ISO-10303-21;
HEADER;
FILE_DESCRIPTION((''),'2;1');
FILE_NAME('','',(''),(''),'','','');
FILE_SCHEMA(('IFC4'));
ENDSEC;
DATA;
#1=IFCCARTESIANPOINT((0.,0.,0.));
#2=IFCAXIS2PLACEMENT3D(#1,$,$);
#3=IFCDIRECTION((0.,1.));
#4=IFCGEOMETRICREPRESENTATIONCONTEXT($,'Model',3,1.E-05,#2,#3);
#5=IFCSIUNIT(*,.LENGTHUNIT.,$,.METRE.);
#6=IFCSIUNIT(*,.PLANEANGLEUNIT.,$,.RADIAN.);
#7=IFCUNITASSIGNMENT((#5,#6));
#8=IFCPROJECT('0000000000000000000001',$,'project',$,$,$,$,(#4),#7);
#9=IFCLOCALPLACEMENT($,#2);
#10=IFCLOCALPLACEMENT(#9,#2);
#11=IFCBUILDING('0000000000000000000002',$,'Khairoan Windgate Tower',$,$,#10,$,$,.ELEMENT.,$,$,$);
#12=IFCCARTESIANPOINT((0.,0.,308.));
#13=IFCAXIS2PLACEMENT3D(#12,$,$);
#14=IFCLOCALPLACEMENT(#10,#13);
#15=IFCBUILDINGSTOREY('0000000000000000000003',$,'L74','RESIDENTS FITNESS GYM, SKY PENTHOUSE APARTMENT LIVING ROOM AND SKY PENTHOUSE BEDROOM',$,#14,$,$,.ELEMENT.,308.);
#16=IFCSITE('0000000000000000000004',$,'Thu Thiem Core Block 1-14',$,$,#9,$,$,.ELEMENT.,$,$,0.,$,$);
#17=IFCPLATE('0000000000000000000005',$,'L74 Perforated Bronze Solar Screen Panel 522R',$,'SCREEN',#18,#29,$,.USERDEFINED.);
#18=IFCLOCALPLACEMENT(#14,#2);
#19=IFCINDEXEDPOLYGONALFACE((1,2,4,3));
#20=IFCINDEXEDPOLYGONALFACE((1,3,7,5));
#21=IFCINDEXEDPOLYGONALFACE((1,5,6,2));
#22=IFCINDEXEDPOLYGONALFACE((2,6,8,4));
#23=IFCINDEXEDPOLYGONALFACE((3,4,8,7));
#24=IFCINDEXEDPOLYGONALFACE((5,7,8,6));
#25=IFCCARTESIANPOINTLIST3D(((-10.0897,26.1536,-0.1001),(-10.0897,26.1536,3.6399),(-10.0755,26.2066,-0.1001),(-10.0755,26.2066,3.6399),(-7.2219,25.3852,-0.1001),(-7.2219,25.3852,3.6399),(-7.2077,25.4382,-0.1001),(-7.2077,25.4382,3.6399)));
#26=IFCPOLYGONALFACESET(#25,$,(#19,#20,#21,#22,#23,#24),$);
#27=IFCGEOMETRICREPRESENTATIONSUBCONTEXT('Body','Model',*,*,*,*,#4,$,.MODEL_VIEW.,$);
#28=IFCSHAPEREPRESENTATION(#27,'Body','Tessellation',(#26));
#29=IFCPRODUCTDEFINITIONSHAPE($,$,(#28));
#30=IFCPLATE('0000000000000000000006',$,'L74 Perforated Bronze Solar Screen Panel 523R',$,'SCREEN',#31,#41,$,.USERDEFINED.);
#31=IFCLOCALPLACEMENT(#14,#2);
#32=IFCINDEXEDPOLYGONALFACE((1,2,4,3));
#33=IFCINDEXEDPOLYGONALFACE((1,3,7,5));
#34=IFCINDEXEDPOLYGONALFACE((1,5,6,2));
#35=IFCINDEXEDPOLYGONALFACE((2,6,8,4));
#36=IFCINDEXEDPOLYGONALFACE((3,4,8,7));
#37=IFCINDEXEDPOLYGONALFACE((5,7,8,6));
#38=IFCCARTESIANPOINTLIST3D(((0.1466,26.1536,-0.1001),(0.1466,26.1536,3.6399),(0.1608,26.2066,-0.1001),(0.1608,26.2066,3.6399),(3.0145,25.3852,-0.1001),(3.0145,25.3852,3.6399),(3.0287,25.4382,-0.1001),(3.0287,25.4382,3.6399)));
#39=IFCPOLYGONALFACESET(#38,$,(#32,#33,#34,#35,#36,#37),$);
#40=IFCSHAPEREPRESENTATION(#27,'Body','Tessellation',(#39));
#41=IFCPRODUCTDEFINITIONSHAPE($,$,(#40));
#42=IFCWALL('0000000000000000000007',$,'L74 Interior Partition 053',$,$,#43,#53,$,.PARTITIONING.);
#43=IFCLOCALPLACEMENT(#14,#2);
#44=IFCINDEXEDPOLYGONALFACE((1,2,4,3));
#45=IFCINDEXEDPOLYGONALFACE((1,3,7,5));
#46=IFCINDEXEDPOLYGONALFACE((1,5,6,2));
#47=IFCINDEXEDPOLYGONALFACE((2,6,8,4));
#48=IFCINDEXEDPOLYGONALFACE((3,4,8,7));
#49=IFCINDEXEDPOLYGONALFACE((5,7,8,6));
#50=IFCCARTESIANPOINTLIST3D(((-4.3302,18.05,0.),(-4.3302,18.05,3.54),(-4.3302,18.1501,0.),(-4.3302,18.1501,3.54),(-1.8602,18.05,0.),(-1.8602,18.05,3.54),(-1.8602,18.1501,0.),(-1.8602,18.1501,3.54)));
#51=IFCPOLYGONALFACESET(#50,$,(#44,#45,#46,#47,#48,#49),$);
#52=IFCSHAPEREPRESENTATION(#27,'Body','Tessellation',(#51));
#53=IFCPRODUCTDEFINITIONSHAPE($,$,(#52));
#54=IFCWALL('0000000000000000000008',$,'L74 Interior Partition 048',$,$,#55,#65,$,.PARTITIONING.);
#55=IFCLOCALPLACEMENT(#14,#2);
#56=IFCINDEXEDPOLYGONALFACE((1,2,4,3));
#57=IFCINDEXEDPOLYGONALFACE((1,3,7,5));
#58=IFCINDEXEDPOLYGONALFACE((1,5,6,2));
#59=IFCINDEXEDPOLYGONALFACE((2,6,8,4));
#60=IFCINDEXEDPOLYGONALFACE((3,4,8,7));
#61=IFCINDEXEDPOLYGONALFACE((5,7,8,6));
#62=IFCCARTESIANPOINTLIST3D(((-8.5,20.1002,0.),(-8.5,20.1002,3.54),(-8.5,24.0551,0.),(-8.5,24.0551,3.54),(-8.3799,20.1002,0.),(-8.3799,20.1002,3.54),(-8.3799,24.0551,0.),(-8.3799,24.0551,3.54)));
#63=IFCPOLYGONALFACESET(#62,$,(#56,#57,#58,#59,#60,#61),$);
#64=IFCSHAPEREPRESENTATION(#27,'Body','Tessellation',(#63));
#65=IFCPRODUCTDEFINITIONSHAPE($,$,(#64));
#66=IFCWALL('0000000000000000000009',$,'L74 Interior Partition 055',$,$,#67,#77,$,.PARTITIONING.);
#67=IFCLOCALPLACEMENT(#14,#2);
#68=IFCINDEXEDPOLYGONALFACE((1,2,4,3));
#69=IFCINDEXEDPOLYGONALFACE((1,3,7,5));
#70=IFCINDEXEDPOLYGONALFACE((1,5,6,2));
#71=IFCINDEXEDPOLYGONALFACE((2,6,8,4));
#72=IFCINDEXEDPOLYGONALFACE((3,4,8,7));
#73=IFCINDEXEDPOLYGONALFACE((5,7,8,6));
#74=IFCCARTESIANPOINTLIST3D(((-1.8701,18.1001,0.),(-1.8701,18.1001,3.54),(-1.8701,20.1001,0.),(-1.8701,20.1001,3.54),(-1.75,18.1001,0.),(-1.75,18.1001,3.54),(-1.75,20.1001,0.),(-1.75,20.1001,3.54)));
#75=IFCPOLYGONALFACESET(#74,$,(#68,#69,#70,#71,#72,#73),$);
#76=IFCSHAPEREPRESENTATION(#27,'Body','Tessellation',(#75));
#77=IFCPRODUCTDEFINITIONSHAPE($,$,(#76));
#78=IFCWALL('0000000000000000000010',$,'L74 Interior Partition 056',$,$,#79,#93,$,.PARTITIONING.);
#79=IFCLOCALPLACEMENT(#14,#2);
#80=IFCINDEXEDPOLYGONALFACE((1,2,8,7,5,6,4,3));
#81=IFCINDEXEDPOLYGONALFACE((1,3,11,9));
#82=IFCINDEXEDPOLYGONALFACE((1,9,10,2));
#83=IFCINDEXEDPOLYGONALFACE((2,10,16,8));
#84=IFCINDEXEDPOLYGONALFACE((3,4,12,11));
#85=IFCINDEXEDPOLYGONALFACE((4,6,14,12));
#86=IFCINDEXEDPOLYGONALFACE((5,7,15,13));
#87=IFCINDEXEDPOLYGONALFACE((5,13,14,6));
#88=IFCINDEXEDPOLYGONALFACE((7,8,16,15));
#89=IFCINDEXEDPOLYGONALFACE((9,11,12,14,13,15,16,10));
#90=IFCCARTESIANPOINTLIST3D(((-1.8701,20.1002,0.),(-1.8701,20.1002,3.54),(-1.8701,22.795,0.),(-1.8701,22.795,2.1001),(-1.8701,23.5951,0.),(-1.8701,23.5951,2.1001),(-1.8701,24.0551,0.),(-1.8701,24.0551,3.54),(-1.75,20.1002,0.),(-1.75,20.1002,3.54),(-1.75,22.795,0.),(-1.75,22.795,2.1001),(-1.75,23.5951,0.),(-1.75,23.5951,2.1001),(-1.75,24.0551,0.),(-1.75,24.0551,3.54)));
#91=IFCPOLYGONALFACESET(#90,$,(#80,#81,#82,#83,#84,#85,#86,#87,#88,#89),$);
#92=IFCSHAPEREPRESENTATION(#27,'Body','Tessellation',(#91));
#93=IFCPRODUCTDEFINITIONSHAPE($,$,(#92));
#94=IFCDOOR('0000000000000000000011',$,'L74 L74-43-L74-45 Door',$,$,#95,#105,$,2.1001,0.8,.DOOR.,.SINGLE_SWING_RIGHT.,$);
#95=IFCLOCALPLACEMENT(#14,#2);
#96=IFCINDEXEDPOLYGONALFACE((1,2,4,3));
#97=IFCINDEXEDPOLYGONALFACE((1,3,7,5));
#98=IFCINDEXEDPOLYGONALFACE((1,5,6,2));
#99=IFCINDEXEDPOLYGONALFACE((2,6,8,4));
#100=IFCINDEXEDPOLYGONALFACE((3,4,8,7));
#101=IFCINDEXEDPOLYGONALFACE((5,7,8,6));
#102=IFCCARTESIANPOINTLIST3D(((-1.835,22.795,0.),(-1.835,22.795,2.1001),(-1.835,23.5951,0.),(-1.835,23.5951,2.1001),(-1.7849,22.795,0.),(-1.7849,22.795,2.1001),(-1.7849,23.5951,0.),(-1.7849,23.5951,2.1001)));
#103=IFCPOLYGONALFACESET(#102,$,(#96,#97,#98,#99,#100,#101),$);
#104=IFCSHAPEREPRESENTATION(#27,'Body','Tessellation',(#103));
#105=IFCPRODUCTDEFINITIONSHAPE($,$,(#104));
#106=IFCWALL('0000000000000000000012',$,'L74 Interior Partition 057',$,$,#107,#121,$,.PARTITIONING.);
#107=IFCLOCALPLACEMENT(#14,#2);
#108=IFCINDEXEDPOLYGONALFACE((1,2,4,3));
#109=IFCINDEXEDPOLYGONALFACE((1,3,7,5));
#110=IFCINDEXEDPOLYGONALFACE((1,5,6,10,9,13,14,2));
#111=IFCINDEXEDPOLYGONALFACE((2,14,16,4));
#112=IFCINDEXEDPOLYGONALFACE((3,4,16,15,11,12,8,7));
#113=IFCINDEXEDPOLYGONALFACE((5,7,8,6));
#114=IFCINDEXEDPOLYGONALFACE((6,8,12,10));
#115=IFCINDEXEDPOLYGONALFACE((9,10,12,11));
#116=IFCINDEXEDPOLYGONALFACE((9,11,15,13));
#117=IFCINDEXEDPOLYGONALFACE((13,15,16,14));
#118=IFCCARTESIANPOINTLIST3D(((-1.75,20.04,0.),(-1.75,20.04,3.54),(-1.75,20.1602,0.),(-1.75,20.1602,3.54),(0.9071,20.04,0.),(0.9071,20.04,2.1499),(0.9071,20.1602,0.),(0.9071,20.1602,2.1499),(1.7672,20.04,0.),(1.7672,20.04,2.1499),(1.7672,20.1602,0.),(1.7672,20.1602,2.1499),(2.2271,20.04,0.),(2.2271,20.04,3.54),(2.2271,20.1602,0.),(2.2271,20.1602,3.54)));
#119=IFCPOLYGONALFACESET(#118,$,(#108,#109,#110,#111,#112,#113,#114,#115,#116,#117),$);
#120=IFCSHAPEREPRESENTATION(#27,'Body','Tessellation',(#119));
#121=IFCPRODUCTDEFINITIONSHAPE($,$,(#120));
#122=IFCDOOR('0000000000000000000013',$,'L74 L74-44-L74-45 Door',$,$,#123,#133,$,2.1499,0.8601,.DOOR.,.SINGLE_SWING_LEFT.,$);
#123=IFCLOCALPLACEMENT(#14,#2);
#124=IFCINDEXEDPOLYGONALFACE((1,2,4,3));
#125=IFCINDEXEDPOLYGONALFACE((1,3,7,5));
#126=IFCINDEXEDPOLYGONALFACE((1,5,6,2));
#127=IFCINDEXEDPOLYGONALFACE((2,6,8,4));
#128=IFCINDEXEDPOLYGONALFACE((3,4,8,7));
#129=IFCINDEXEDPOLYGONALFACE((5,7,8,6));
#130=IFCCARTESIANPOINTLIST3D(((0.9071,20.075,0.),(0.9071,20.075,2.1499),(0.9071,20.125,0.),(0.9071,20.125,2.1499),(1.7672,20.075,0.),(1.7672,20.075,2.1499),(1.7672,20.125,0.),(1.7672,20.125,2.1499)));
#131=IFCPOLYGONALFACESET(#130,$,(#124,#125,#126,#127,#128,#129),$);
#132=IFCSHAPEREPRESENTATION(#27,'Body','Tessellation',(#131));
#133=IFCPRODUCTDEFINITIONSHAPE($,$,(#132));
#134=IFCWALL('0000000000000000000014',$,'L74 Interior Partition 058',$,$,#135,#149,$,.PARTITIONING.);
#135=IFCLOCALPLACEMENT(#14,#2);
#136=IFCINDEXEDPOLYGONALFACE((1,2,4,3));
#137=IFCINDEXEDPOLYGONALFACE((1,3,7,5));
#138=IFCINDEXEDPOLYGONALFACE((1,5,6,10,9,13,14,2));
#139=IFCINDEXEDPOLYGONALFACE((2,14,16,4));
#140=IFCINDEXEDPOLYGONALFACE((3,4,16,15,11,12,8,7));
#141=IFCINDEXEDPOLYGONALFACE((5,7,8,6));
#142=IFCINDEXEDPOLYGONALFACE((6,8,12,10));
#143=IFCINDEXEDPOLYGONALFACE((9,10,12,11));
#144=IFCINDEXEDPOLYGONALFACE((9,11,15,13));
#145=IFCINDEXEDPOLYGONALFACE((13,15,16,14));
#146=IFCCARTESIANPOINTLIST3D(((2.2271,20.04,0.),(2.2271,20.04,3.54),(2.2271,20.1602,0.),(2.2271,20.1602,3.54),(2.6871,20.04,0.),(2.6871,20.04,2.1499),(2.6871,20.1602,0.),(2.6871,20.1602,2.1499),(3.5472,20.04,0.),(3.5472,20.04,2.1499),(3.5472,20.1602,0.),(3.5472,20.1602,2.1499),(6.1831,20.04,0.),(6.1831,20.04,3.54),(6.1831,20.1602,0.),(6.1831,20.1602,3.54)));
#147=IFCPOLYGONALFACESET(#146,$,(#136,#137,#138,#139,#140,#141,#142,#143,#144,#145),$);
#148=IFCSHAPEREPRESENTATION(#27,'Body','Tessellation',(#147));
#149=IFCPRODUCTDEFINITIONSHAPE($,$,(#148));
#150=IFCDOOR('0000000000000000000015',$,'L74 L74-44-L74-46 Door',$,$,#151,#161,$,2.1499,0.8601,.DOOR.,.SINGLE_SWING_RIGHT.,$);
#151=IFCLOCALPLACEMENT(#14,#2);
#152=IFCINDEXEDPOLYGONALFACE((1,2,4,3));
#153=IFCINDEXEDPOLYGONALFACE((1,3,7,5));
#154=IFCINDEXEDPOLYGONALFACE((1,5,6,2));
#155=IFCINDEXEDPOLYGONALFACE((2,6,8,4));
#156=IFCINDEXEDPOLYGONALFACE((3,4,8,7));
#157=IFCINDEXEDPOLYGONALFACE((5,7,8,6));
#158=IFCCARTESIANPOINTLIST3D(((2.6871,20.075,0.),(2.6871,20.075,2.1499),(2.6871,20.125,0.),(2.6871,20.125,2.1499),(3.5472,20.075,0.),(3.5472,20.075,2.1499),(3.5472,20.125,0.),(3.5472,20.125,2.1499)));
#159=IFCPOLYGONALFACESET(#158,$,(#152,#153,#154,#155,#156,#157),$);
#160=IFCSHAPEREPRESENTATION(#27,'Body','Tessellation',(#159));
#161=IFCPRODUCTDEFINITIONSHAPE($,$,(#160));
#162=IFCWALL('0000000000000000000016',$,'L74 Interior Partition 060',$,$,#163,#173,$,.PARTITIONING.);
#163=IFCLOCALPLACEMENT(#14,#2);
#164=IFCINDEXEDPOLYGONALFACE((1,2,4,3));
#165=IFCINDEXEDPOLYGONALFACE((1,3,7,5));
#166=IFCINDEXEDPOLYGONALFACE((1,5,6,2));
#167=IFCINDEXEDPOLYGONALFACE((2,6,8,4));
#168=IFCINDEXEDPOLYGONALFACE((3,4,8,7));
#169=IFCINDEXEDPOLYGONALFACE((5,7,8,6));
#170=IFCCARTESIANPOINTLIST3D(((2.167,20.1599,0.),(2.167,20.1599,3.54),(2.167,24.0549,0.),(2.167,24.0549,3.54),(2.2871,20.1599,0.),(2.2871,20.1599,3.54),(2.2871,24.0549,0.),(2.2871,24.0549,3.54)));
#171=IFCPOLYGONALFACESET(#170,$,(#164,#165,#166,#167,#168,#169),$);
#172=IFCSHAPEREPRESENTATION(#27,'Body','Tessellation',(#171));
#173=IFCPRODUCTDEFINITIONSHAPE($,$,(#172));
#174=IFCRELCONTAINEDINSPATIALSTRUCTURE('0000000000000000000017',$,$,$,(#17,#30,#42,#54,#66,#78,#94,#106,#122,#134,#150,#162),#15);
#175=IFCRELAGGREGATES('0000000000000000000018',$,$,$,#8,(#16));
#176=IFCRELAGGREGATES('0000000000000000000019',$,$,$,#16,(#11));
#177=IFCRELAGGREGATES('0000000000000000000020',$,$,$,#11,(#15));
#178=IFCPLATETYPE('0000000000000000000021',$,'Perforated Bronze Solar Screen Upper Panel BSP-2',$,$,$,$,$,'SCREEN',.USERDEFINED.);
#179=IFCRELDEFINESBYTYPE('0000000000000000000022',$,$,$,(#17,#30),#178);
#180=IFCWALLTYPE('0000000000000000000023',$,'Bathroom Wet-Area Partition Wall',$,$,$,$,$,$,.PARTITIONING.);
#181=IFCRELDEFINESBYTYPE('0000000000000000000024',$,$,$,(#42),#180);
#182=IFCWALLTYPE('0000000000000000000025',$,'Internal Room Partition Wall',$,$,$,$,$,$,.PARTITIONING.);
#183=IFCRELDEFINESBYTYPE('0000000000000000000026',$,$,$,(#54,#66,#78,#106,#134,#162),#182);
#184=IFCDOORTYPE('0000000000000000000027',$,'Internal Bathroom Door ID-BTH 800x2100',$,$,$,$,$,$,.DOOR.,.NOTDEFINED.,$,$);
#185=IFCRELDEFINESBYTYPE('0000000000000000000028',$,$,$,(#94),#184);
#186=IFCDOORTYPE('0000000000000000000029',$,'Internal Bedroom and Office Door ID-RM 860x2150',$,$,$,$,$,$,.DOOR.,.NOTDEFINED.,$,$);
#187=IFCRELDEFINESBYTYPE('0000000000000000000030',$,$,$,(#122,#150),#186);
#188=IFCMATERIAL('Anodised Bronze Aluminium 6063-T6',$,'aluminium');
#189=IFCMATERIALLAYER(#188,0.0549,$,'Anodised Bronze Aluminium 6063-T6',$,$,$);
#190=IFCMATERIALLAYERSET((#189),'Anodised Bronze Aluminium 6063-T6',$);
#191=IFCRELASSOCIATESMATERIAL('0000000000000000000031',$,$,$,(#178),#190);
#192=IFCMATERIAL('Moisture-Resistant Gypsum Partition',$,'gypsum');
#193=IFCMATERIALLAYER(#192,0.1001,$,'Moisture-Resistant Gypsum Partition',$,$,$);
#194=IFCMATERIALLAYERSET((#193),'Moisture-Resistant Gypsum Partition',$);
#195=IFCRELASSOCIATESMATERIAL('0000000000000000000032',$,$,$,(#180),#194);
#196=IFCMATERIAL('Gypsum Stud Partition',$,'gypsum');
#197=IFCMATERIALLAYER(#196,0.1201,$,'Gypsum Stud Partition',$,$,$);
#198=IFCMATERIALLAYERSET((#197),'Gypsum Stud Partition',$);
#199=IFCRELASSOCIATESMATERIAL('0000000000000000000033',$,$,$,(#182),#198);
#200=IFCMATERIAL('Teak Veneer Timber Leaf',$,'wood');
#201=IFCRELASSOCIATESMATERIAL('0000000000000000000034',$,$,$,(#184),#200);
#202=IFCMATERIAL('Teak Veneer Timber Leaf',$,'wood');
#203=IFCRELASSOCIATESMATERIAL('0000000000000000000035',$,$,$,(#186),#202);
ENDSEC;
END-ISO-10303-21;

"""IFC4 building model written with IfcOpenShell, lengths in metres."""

from ifc_helpers import new_model, si_unit, direction, frame, frame_2d, origin, origin_2d, place, context, subcontext, project, spatial, rectangle, extrude, material, layer, layer_set, type_object, element, fill, save


model = new_model("IFC4")

# Units and contexts
model_context = context("Model", 3, precision=1e-05, world=origin(), true_north=direction((0.0, 1.0)))
body_context = subcontext(model_context, "Body", "Model", "MODEL_VIEW")
ifc_project = project(units=[si_unit("LENGTHUNIT", "METRE"), si_unit("PLANEANGLEUNIT", "RADIAN")], contexts=[model_context])

# Site, building, storey
site_placement = place(None, origin())
site = spatial("IfcSite", under=ifc_project, at=site_placement, Name="Thu Thiem Core Block 1-14", CompositionType="ELEMENT", RefElevation=0.0)
building_placement = place(site_placement, origin())
building = spatial("IfcBuilding", under=site, at=building_placement, Name="Khairoan Windgate Tower", CompositionType="ELEMENT")
storey_placement = place(building_placement, frame((0.0, 0.0, 308.0)))
storey = spatial("IfcBuildingStorey", under=building, at=storey_placement, Name="L74", Description="RESIDENTS FITNESS GYM, SKY PENTHOUSE APARTMENT LIVING ROOM AND SKY PENTHOUSE BEDROOM", CompositionType="ELEMENT", Elevation=308.0)

# Plates
ifc_material_1 = material(Name="Anodised Bronze Aluminium 6063-T6", Category="aluminium")
ifc_layer_1 = layer(ifc_material_1, 0.0549, Name="Anodised Bronze Aluminium 6063-T6")
ifc_layer_set_1 = layer_set([ifc_layer_1], Name="Anodised Bronze Aluminium 6063-T6")
plate_type = type_object("IfcPlateType", Name="Perforated Bronze Solar Screen Upper Panel BSP-2", ElementType="SCREEN", PredefinedType="USERDEFINED", material=ifc_layer_set_1)
for number, where, z_axis, x_axis, name in (
    (1, (-8.6487, 25.7959, -0.1001), (0.0, 0.0, 1.0), (0.965926, -0.258819, 0.0), "L74 Perforated Bronze Solar Screen Panel 522R"),
    (2, (1.5876, 25.7959, -0.1001), (0.0, 0.0, 1.0), (0.965926, -0.258819, 0.0), "L74 Perforated Bronze Solar Screen Panel 523R"),
):
    element("IfcPlate", number, at=place(storey_placement, frame(where, z_axis=z_axis, x_axis=x_axis)), inside=storey, type_object=plate_type, Name=name, ObjectType="SCREEN", PredefinedType="USERDEFINED", context=body_context, shape_type="SweptSolid", body=[
        extrude(rectangle(XDim=2.969, YDim=0.0549, at=origin_2d()), origin(), (0.0, 0.0, 1.0), 3.74),
    ])

# Walls
ifc_material_2 = material(Name="Moisture-Resistant Gypsum Partition", Category="gypsum")
ifc_layer_2 = layer(ifc_material_2, 0.1001, Name="Moisture-Resistant Gypsum Partition")
ifc_layer_set_2 = layer_set([ifc_layer_2], Name="Moisture-Resistant Gypsum Partition")
wall_type_1 = type_object("IfcWallType", Name="Bathroom Wet-Area Partition Wall", PredefinedType="PARTITIONING", material=ifc_layer_set_2)
wall_1_placement = place(storey_placement, frame((-4.3301, 18.1001, 0.0), z_axis=(0.0, 0.0, 1.0), x_axis=(1.0, 0.0, 0.0)))
element("IfcWall", 3, at=wall_1_placement, inside=storey, type_object=wall_type_1, Name="L74 Interior Partition 053", PredefinedType="PARTITIONING", context=body_context, shape_type="SweptSolid", body=[
    extrude(rectangle(XDim=2.47, YDim=0.1001, at=frame_2d((1.2349, 0.0))), origin(), (0.0, 0.0, 1.0), 3.54),
])
ifc_material_3 = material(Name="Gypsum Stud Partition", Category="gypsum")
ifc_layer_3 = layer(ifc_material_3, 0.1201, Name="Gypsum Stud Partition")
ifc_layer_set_3 = layer_set([ifc_layer_3], Name="Gypsum Stud Partition")
wall_type_2 = type_object("IfcWallType", Name="Internal Room Partition Wall", PredefinedType="PARTITIONING", material=ifc_layer_set_3)
wall_2_placement = place(storey_placement, frame((-8.4399, 20.1001, 0.0), z_axis=(0.0, 0.0, 1.0), x_axis=(0.0, 1.0, 0.0)))
element("IfcWall", 4, at=wall_2_placement, inside=storey, type_object=wall_type_2, Name="L74 Interior Partition 048", PredefinedType="PARTITIONING", context=body_context, shape_type="SweptSolid", body=[
    extrude(rectangle(XDim=3.9548, YDim=0.1201, at=frame_2d((1.9775, 0.0))), origin(), (0.0, 0.0, 1.0), 3.54),
])
wall_3_placement = place(storey_placement, frame((-1.8101, 18.1001, 0.0), z_axis=(0.0, 0.0, 1.0), x_axis=(0.0, 1.0, 0.0)))
element("IfcWall", 5, at=wall_3_placement, inside=storey, type_object=wall_type_2, Name="L74 Interior Partition 055", PredefinedType="PARTITIONING", context=body_context, shape_type="SweptSolid", body=[
    extrude(rectangle(XDim=2.0, YDim=0.1201, at=frame_2d((1.0, 0.0))), origin(), (0.0, 0.0, 1.0), 3.54),
])

# Walls, openings, doors
wall_4_placement = place(storey_placement, frame((-1.8101, 20.1001, 0.0), z_axis=(0.0, 0.0, 1.0), x_axis=(0.0, 1.0, 0.0)))
wall_4 = element("IfcWall", 6, at=wall_4_placement, inside=storey, type_object=wall_type_2, Name="L74 Interior Partition 056", PredefinedType="PARTITIONING", context=body_context, shape_type="SweptSolid", body=[
    extrude(rectangle(XDim=3.9548, YDim=0.1201, at=frame_2d((1.9775, 0.0))), origin(), (0.0, 0.0, 1.0), 3.54),
])
opening_1_placement = place(wall_4_placement, frame((2.6951, 0.0, 0.0)))
opening_1 = element("IfcOpeningElement", 7, at=opening_1_placement, cuts=wall_4, PredefinedType="OPENING", context=body_context, shape_type="SweptSolid", body=[
    extrude(rectangle(XDim=0.8, YDim=2.1001, at=frame_2d((0.3999, 1.05))), frame((0.0, 0.0701, 0.0), z_axis=(0.0, -1.0, 0.0), x_axis=(1.0, 0.0, 0.0)), (0.0, 0.0, 1.0), 0.1401),
])
ifc_material_4 = material(Name="Teak Veneer Timber Leaf", Category="wood")
door_type_1 = type_object("IfcDoorType", Name="Internal Bathroom Door ID-BTH 800x2100", OperationType="NOTDEFINED", PredefinedType="DOOR", material=ifc_material_4)
door_1_placement = place(opening_1_placement, origin())
door_1 = element("IfcDoor", 8, at=door_1_placement, inside=storey, type_object=door_type_1, Name="L74 L74-43-L74-45 Door", OperationType="SINGLE_SWING_RIGHT", OverallHeight=2.1001, OverallWidth=0.8, PredefinedType="DOOR", context=body_context, shape_type="SweptSolid", body=[
    extrude(rectangle(XDim=0.8, YDim=2.1001, at=frame_2d((0.3999, 1.05))), frame((0.0, 0.0249, 0.0), z_axis=(0.0, -1.0, 0.0), x_axis=(1.0, 0.0, 0.0)), (0.0, 0.0, 1.0), 0.05),
])
fill(opening_1, door_1)
wall_5_placement = place(storey_placement, frame((-1.75, 20.1001, 0.0), z_axis=(0.0, 0.0, 1.0), x_axis=(1.0, 0.0, 0.0)))
wall_5 = element("IfcWall", 9, at=wall_5_placement, inside=storey, type_object=wall_type_2, Name="L74 Interior Partition 057", PredefinedType="PARTITIONING", context=body_context, shape_type="SweptSolid", body=[
    extrude(rectangle(XDim=3.9771, YDim=0.1201, at=frame_2d((1.9885, 0.0))), origin(), (0.0, 0.0, 1.0), 3.54),
])
opening_2_placement = place(wall_5_placement, frame((2.657, 0.0, 0.0)))
opening_2 = element("IfcOpeningElement", 10, at=opening_2_placement, cuts=wall_5, PredefinedType="OPENING", context=body_context, shape_type="SweptSolid", body=[
    extrude(rectangle(XDim=0.8601, YDim=2.1499, at=frame_2d((0.4302, 1.075))), frame((0.0, 0.0701, 0.0), z_axis=(0.0, -1.0, 0.0), x_axis=(1.0, 0.0, 0.0)), (0.0, 0.0, 1.0), 0.1401),
])
ifc_material_5 = material(Name="Teak Veneer Timber Leaf", Category="wood")
door_type_2 = type_object("IfcDoorType", Name="Internal Bedroom and Office Door ID-RM 860x2150", OperationType="NOTDEFINED", PredefinedType="DOOR", material=ifc_material_5)
door_2_placement = place(opening_2_placement, origin())
door_2 = element("IfcDoor", 11, at=door_2_placement, inside=storey, type_object=door_type_2, Name="L74 L74-44-L74-45 Door", OperationType="SINGLE_SWING_LEFT", OverallHeight=2.1499, OverallWidth=0.8601, PredefinedType="DOOR", context=body_context, shape_type="SweptSolid", body=[
    extrude(rectangle(XDim=0.8601, YDim=2.1499, at=frame_2d((0.4302, 1.075))), frame((0.0, 0.0249, 0.0), z_axis=(0.0, -1.0, 0.0), x_axis=(1.0, 0.0, 0.0)), (0.0, 0.0, 1.0), 0.05),
])
fill(opening_2, door_2)
wall_6_placement = place(storey_placement, frame((2.2271, 20.1001, 0.0), z_axis=(0.0, 0.0, 1.0), x_axis=(1.0, 0.0, 0.0)))
wall_6 = element("IfcWall", 12, at=wall_6_placement, inside=storey, type_object=wall_type_2, Name="L74 Interior Partition 058", PredefinedType="PARTITIONING", context=body_context, shape_type="SweptSolid", body=[
    extrude(rectangle(XDim=3.9561, YDim=0.1201, at=frame_2d((1.978, 0.0))), origin(), (0.0, 0.0, 1.0), 3.54),
])
opening_3_placement = place(wall_6_placement, frame((0.46, 0.0, 0.0)))
opening_3 = element("IfcOpeningElement", 13, at=opening_3_placement, cuts=wall_6, PredefinedType="OPENING", context=body_context, shape_type="SweptSolid", body=[
    extrude(rectangle(XDim=0.8601, YDim=2.1499, at=frame_2d((0.4302, 1.075))), frame((0.0, 0.0701, 0.0), z_axis=(0.0, -1.0, 0.0), x_axis=(1.0, 0.0, 0.0)), (0.0, 0.0, 1.0), 0.1401),
])
door_3_placement = place(opening_3_placement, origin())
door_3 = element("IfcDoor", 14, at=door_3_placement, inside=storey, type_object=door_type_2, Name="L74 L74-44-L74-46 Door", OperationType="SINGLE_SWING_RIGHT", OverallHeight=2.1499, OverallWidth=0.8601, PredefinedType="DOOR", context=body_context, shape_type="SweptSolid", body=[
    extrude(rectangle(XDim=0.8601, YDim=2.1499, at=frame_2d((0.4302, 1.075))), frame((0.0, 0.0249, 0.0), z_axis=(0.0, -1.0, 0.0), x_axis=(1.0, 0.0, 0.0)), (0.0, 0.0, 1.0), 0.05),
])
fill(opening_3, door_3)

# Wall
wall_7_placement = place(storey_placement, frame((2.2271, 20.1599, 0.0), z_axis=(0.0, 0.0, 1.0), x_axis=(0.0, 1.0, 0.0)))
element("IfcWall", 15, at=wall_7_placement, inside=storey, type_object=wall_type_2, Name="L74 Interior Partition 060", PredefinedType="PARTITIONING", context=body_context, shape_type="SweptSolid", body=[
    extrude(rectangle(XDim=3.895, YDim=0.1201, at=frame_2d((1.9475, 0.0))), origin(), (0.0, 0.0, 1.0), 3.54),
])

save(model, "model.ifc")
